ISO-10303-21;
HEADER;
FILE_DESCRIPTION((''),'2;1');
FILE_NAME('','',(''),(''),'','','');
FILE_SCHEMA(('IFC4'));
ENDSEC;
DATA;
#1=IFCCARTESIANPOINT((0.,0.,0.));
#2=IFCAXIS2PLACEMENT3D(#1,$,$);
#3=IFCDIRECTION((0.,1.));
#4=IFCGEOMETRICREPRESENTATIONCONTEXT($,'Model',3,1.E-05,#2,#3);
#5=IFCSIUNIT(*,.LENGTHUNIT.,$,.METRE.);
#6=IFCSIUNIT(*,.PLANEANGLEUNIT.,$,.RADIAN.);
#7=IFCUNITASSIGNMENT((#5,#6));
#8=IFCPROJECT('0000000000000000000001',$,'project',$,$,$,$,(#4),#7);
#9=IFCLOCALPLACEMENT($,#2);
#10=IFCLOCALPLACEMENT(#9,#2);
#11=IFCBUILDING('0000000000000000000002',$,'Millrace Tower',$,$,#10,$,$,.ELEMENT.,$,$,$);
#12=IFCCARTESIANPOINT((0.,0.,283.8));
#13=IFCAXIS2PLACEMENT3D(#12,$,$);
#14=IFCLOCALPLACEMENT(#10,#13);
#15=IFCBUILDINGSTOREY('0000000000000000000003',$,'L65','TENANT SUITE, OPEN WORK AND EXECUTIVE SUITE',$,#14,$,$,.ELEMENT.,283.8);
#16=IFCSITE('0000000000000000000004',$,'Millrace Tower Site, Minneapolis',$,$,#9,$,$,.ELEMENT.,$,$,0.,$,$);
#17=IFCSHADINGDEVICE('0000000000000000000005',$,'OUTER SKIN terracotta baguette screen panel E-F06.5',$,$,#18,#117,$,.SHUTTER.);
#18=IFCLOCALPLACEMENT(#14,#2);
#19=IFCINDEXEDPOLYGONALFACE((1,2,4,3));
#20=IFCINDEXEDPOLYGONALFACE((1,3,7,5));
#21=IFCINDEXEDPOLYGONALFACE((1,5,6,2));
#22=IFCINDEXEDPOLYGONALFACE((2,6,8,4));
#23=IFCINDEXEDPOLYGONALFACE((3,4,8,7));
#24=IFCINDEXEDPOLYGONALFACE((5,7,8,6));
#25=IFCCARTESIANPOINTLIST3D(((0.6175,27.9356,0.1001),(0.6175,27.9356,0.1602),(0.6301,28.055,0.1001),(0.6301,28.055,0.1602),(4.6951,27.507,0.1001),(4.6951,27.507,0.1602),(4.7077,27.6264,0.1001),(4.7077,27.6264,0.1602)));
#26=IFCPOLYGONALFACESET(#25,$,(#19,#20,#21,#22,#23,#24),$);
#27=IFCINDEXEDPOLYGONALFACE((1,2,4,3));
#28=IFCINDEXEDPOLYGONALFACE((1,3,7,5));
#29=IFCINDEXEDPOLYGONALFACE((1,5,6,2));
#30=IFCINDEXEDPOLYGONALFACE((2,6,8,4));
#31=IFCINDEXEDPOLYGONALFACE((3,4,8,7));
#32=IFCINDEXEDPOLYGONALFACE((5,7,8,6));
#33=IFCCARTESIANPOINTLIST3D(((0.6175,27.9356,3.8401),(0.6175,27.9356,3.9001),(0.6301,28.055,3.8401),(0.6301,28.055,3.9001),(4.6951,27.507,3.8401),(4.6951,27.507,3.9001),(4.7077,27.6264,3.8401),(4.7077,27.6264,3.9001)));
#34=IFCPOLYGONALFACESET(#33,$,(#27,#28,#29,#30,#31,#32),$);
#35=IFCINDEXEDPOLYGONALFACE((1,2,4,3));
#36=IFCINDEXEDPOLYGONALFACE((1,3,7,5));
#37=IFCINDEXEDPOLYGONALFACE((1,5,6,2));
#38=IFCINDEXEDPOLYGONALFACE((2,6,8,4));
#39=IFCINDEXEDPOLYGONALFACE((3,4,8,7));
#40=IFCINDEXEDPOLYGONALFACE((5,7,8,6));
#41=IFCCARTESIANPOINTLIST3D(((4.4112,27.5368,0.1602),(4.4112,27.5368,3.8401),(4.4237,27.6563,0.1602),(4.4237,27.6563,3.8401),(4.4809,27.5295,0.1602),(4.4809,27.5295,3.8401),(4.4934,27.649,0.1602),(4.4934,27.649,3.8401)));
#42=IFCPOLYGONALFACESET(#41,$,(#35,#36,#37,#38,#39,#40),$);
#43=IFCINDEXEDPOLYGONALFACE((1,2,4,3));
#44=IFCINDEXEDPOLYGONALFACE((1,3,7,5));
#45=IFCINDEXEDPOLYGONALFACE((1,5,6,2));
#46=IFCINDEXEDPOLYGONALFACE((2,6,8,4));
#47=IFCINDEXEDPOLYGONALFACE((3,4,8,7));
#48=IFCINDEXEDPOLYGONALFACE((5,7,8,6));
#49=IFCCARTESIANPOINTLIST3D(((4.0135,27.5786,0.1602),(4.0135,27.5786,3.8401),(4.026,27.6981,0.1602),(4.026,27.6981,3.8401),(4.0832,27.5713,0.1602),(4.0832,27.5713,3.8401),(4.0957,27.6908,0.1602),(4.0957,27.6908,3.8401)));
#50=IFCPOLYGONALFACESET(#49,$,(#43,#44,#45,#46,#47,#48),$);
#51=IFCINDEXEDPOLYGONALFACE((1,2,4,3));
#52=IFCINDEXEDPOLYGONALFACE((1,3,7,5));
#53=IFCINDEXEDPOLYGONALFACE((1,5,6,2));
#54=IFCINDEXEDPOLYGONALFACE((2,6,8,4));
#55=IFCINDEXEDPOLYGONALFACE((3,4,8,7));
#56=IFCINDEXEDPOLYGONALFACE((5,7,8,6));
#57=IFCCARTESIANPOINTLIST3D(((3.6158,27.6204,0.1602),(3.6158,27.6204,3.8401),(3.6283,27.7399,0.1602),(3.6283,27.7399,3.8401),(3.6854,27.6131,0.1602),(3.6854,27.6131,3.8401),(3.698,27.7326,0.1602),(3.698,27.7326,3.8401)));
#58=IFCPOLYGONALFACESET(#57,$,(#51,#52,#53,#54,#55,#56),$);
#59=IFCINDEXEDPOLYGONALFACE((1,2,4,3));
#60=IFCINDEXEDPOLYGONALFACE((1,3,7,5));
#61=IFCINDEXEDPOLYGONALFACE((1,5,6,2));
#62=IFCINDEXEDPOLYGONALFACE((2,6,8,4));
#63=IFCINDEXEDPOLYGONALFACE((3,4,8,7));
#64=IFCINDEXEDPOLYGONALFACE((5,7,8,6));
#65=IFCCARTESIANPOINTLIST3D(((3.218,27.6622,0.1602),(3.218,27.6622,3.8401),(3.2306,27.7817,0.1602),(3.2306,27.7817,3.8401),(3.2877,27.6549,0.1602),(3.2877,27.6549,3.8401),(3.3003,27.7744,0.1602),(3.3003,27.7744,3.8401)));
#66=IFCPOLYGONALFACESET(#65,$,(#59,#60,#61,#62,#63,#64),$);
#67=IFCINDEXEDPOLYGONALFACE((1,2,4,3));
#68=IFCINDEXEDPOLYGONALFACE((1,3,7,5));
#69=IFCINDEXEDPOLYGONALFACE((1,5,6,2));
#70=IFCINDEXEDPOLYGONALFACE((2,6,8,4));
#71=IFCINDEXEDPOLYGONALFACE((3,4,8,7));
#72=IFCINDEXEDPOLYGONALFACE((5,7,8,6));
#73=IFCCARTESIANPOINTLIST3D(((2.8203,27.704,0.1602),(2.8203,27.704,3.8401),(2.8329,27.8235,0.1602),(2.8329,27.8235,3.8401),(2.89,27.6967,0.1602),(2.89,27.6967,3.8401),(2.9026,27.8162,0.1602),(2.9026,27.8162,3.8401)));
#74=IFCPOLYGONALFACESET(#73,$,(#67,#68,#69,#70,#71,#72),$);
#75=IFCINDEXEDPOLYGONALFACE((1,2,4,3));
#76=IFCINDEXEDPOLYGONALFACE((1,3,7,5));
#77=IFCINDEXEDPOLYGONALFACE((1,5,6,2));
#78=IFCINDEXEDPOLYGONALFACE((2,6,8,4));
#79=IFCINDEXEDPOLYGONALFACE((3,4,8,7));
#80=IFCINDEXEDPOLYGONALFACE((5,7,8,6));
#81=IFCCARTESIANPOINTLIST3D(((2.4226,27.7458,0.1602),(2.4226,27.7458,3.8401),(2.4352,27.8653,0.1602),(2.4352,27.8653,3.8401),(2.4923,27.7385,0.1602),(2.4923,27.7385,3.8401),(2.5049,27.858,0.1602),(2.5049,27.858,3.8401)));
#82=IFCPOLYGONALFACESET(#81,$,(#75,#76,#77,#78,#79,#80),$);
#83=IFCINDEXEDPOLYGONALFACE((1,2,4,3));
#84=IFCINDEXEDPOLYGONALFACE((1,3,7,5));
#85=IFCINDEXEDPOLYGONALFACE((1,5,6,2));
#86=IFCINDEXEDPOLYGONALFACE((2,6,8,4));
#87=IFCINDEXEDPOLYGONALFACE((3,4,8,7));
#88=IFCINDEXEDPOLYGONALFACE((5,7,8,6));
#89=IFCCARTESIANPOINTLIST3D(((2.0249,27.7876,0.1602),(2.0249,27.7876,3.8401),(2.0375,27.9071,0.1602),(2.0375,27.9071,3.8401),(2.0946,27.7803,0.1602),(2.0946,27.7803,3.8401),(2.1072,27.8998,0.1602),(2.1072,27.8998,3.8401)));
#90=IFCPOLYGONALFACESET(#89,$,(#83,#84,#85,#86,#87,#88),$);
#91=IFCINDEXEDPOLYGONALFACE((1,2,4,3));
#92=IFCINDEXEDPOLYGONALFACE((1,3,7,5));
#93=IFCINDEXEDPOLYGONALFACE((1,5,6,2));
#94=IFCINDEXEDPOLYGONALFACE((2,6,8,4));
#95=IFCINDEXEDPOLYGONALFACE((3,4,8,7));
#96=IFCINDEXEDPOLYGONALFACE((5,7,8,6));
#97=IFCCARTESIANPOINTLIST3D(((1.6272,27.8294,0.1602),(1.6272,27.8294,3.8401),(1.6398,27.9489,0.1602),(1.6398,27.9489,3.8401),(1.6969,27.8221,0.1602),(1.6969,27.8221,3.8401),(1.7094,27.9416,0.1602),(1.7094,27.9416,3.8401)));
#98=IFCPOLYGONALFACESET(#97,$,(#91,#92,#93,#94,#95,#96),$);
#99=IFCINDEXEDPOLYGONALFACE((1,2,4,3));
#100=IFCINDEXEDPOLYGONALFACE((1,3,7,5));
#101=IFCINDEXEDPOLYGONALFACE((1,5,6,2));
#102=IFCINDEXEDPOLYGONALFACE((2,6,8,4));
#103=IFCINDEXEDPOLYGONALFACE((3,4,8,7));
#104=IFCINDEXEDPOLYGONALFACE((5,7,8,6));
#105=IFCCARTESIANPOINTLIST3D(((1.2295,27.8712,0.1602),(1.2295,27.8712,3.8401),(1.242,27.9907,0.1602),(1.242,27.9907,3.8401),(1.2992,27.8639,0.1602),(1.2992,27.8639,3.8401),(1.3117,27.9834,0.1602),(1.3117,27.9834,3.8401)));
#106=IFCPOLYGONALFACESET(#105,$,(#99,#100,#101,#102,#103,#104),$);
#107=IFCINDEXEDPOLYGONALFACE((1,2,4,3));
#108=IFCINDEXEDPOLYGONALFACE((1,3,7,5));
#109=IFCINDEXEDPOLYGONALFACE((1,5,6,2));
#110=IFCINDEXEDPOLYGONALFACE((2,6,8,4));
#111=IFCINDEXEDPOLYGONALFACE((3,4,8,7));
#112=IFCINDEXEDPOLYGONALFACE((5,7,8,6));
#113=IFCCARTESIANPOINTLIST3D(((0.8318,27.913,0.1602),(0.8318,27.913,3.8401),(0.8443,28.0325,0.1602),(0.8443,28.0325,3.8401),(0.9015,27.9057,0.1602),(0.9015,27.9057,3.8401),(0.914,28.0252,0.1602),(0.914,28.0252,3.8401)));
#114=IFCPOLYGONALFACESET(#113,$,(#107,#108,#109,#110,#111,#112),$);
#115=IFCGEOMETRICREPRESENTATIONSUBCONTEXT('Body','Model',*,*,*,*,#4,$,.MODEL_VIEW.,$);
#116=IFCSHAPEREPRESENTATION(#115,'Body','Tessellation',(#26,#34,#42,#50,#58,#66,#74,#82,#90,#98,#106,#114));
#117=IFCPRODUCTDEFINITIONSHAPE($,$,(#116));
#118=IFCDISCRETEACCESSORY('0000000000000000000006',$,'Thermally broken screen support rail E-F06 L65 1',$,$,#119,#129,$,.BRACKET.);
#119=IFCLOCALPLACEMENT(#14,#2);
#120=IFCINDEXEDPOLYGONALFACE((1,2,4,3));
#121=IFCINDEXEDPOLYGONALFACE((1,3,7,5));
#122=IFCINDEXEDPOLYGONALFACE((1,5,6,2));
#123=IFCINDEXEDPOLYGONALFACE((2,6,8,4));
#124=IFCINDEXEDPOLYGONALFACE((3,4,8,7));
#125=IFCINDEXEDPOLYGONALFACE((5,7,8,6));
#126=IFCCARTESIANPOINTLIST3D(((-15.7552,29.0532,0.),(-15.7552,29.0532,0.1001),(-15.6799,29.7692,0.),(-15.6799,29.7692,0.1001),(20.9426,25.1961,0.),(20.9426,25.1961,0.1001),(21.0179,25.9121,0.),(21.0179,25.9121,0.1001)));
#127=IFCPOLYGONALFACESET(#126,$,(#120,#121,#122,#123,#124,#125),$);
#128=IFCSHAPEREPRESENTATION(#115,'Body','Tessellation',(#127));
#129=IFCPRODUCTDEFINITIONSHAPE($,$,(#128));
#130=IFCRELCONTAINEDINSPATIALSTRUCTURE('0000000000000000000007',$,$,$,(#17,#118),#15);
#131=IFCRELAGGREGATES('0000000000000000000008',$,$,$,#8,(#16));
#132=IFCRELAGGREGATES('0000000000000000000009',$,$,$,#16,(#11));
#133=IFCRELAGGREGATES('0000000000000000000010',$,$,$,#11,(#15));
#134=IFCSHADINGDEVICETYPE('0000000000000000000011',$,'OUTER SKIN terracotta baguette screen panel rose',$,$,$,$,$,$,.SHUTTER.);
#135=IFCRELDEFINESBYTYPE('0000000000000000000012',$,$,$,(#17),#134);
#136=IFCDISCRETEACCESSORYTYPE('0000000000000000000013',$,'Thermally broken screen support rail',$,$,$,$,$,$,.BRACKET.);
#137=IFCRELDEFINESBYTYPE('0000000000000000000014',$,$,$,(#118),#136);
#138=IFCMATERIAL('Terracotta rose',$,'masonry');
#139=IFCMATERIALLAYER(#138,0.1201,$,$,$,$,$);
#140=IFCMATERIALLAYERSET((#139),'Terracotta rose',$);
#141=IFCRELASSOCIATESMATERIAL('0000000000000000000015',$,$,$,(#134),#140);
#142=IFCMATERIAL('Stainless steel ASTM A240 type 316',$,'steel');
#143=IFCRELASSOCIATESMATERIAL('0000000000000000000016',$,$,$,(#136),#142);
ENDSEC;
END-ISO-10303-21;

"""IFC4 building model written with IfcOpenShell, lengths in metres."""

from ifc_helpers import new_model, entity, si_unit, direction, frame, frame_2d, origin, origin_2d, place, context, subcontext, project, spatial, rectangle, extrude, source, transform, mapped, material, layer, layer_set, type_object, element, save


model = new_model("IFC4")

# Units and contexts
model_context = context("Model", 3, precision=1e-05, world=origin(), true_north=direction((0.0, 1.0)))
body_context = subcontext(model_context, "Body", "Model", "MODEL_VIEW")
ifc_project = project(units=[si_unit("LENGTHUNIT", "METRE"), si_unit("PLANEANGLEUNIT", "RADIAN")], contexts=[model_context])

# Site, building, storey
site_placement = place(None, origin())
site = spatial("IfcSite", under=ifc_project, at=site_placement, Name="Millrace Tower Site, Minneapolis", CompositionType="ELEMENT", RefElevation=0.0)
building_placement = place(site_placement, origin())
building = spatial("IfcBuilding", under=site, at=building_placement, Name="Millrace Tower", CompositionType="ELEMENT")
storey_placement = place(building_placement, frame((0.0, 0.0, 283.8)))
storey = spatial("IfcBuildingStorey", under=building, at=storey_placement, Name="L65", Description="TENANT SUITE, OPEN WORK AND EXECUTIVE SUITE", CompositionType="ELEMENT", Elevation=283.8)

# Shading device
ifc_material_1 = material(Name="Terracotta rose", Category="masonry")
ifc_layer_1 = layer(ifc_material_1, 0.1201)
ifc_layer_set_1 = layer_set([ifc_layer_1], Name="Terracotta rose")
shading_device_type = type_object("IfcShadingDeviceType", Name="OUTER SKIN terracotta baguette screen panel rose", PredefinedType="SHUTTER", material=ifc_layer_set_1)
cartesian_point = entity("IfcCartesianPoint", [-2.05, 0.0601])
shared_polyline = entity("IfcPolyline", [cartesian_point, entity("IfcCartesianPoint", [2.05, 0.0601]), entity("IfcCartesianPoint", [2.05, -0.0601]), entity("IfcCartesianPoint", [-2.05, -0.0601]), cartesian_point])
shared_shape = source(origin(), body_context, "Body", "SweptSolid", [
    entity("IfcExtrudedAreaSolid", entity("IfcArbitraryClosedProfileDef", "AREA", None, shared_polyline), entity("IfcAxis2Placement3D", entity("IfcCartesianPoint", [0.0, 0.0, 0.0])), entity("IfcDirection", [0.0, 0.0, 1.0]), 0.0601),
    entity("IfcExtrudedAreaSolid", entity("IfcArbitraryClosedProfileDef", "AREA", None, shared_polyline), entity("IfcAxis2Placement3D", entity("IfcCartesianPoint", [0.0, 0.0, 3.74])), entity("IfcDirection", [0.0, 0.0, 1.0]), 0.0601),
    extrude(rectangle(XDim=0.0701, YDim=0.1201, at=frame_2d((-1.7996, 0.0))), frame((0.0, 0.0, 0.0601)), (0.0, 0.0, 1.0), 3.6799),
    extrude(rectangle(XDim=0.0701, YDim=0.1201, at=frame_2d((-1.3997, 0.0))), frame((0.0, 0.0, 0.0601)), (0.0, 0.0, 1.0), 3.6799),
    extrude(rectangle(XDim=0.0701, YDim=0.1201, at=frame_2d((-0.9998, 0.0))), frame((0.0, 0.0, 0.0601)), (0.0, 0.0, 1.0), 3.6799),
    extrude(rectangle(XDim=0.0701, YDim=0.1201, at=frame_2d((-0.5999, 0.0))), frame((0.0, 0.0, 0.0601)), (0.0, 0.0, 1.0), 3.6799),
    extrude(rectangle(XDim=0.0701, YDim=0.1201, at=frame_2d((-0.2, 0.0))), frame((0.0, 0.0, 0.0601)), (0.0, 0.0, 1.0), 3.6799),
    extrude(rectangle(XDim=0.0701, YDim=0.1201, at=frame_2d((0.2, 0.0))), frame((0.0, 0.0, 0.0601)), (0.0, 0.0, 1.0), 3.6799),
    extrude(rectangle(XDim=0.0701, YDim=0.1201, at=frame_2d((0.5999, 0.0))), frame((0.0, 0.0, 0.0601)), (0.0, 0.0, 1.0), 3.6799),
    extrude(rectangle(XDim=0.0701, YDim=0.1201, at=frame_2d((0.9998, 0.0))), frame((0.0, 0.0, 0.0601)), (0.0, 0.0, 1.0), 3.6799),
    extrude(rectangle(XDim=0.0701, YDim=0.1201, at=frame_2d((1.3997, 0.0))), frame((0.0, 0.0, 0.0601)), (0.0, 0.0, 1.0), 3.6799),
    extrude(rectangle(XDim=0.0701, YDim=0.1201, at=frame_2d((1.7996, 0.0))), frame((0.0, 0.0, 0.0601)), (0.0, 0.0, 1.0), 3.6799),
])
for number, where, z_axis, x_axis, name in (
    (1, (2.6626, 27.781, 0.1001), (0.0, 0.0, 1.0), (-0.994522, 0.104528, 0.0), "OUTER SKIN terracotta baguette screen panel E-F06.5"),
):
    element("IfcShadingDevice", number, at=place(storey_placement, frame(where, z_axis=z_axis, x_axis=x_axis)), inside=storey, type_object=shading_device_type, Name=name, PredefinedType="SHUTTER", context=body_context, shape_type="MappedRepresentation", body=[
        mapped(shared_shape, transform((0.0, 0.0, 0.0), scale=1.0)),
    ])

# Discrete accessory
ifc_material_2 = material(Name="Stainless steel ASTM A240 type 316", Category="steel")
discrete_accessory_type = type_object("IfcDiscreteAccessoryType", Name="Thermally broken screen support rail", PredefinedType="BRACKET", material=ifc_material_2)
discrete_accessory_placement = place(storey_placement, frame((2.6313, 27.4827, 0.0), z_axis=(0.0, 0.0, 1.0), x_axis=(-0.994522, 0.104528, 0.0)))
element("IfcDiscreteAccessory", 2, at=discrete_accessory_placement, inside=storey, type_object=discrete_accessory_type, Name="Thermally broken screen support rail E-F06 L65 1", PredefinedType="BRACKET", context=body_context, shape_type="SweptSolid", body=[
    extrude(rectangle(XDim=36.8999, YDim=0.72, at=origin_2d()), origin(), (0.0, 0.0, 1.0), 0.1001),
])

save(model, "model.ifc")
